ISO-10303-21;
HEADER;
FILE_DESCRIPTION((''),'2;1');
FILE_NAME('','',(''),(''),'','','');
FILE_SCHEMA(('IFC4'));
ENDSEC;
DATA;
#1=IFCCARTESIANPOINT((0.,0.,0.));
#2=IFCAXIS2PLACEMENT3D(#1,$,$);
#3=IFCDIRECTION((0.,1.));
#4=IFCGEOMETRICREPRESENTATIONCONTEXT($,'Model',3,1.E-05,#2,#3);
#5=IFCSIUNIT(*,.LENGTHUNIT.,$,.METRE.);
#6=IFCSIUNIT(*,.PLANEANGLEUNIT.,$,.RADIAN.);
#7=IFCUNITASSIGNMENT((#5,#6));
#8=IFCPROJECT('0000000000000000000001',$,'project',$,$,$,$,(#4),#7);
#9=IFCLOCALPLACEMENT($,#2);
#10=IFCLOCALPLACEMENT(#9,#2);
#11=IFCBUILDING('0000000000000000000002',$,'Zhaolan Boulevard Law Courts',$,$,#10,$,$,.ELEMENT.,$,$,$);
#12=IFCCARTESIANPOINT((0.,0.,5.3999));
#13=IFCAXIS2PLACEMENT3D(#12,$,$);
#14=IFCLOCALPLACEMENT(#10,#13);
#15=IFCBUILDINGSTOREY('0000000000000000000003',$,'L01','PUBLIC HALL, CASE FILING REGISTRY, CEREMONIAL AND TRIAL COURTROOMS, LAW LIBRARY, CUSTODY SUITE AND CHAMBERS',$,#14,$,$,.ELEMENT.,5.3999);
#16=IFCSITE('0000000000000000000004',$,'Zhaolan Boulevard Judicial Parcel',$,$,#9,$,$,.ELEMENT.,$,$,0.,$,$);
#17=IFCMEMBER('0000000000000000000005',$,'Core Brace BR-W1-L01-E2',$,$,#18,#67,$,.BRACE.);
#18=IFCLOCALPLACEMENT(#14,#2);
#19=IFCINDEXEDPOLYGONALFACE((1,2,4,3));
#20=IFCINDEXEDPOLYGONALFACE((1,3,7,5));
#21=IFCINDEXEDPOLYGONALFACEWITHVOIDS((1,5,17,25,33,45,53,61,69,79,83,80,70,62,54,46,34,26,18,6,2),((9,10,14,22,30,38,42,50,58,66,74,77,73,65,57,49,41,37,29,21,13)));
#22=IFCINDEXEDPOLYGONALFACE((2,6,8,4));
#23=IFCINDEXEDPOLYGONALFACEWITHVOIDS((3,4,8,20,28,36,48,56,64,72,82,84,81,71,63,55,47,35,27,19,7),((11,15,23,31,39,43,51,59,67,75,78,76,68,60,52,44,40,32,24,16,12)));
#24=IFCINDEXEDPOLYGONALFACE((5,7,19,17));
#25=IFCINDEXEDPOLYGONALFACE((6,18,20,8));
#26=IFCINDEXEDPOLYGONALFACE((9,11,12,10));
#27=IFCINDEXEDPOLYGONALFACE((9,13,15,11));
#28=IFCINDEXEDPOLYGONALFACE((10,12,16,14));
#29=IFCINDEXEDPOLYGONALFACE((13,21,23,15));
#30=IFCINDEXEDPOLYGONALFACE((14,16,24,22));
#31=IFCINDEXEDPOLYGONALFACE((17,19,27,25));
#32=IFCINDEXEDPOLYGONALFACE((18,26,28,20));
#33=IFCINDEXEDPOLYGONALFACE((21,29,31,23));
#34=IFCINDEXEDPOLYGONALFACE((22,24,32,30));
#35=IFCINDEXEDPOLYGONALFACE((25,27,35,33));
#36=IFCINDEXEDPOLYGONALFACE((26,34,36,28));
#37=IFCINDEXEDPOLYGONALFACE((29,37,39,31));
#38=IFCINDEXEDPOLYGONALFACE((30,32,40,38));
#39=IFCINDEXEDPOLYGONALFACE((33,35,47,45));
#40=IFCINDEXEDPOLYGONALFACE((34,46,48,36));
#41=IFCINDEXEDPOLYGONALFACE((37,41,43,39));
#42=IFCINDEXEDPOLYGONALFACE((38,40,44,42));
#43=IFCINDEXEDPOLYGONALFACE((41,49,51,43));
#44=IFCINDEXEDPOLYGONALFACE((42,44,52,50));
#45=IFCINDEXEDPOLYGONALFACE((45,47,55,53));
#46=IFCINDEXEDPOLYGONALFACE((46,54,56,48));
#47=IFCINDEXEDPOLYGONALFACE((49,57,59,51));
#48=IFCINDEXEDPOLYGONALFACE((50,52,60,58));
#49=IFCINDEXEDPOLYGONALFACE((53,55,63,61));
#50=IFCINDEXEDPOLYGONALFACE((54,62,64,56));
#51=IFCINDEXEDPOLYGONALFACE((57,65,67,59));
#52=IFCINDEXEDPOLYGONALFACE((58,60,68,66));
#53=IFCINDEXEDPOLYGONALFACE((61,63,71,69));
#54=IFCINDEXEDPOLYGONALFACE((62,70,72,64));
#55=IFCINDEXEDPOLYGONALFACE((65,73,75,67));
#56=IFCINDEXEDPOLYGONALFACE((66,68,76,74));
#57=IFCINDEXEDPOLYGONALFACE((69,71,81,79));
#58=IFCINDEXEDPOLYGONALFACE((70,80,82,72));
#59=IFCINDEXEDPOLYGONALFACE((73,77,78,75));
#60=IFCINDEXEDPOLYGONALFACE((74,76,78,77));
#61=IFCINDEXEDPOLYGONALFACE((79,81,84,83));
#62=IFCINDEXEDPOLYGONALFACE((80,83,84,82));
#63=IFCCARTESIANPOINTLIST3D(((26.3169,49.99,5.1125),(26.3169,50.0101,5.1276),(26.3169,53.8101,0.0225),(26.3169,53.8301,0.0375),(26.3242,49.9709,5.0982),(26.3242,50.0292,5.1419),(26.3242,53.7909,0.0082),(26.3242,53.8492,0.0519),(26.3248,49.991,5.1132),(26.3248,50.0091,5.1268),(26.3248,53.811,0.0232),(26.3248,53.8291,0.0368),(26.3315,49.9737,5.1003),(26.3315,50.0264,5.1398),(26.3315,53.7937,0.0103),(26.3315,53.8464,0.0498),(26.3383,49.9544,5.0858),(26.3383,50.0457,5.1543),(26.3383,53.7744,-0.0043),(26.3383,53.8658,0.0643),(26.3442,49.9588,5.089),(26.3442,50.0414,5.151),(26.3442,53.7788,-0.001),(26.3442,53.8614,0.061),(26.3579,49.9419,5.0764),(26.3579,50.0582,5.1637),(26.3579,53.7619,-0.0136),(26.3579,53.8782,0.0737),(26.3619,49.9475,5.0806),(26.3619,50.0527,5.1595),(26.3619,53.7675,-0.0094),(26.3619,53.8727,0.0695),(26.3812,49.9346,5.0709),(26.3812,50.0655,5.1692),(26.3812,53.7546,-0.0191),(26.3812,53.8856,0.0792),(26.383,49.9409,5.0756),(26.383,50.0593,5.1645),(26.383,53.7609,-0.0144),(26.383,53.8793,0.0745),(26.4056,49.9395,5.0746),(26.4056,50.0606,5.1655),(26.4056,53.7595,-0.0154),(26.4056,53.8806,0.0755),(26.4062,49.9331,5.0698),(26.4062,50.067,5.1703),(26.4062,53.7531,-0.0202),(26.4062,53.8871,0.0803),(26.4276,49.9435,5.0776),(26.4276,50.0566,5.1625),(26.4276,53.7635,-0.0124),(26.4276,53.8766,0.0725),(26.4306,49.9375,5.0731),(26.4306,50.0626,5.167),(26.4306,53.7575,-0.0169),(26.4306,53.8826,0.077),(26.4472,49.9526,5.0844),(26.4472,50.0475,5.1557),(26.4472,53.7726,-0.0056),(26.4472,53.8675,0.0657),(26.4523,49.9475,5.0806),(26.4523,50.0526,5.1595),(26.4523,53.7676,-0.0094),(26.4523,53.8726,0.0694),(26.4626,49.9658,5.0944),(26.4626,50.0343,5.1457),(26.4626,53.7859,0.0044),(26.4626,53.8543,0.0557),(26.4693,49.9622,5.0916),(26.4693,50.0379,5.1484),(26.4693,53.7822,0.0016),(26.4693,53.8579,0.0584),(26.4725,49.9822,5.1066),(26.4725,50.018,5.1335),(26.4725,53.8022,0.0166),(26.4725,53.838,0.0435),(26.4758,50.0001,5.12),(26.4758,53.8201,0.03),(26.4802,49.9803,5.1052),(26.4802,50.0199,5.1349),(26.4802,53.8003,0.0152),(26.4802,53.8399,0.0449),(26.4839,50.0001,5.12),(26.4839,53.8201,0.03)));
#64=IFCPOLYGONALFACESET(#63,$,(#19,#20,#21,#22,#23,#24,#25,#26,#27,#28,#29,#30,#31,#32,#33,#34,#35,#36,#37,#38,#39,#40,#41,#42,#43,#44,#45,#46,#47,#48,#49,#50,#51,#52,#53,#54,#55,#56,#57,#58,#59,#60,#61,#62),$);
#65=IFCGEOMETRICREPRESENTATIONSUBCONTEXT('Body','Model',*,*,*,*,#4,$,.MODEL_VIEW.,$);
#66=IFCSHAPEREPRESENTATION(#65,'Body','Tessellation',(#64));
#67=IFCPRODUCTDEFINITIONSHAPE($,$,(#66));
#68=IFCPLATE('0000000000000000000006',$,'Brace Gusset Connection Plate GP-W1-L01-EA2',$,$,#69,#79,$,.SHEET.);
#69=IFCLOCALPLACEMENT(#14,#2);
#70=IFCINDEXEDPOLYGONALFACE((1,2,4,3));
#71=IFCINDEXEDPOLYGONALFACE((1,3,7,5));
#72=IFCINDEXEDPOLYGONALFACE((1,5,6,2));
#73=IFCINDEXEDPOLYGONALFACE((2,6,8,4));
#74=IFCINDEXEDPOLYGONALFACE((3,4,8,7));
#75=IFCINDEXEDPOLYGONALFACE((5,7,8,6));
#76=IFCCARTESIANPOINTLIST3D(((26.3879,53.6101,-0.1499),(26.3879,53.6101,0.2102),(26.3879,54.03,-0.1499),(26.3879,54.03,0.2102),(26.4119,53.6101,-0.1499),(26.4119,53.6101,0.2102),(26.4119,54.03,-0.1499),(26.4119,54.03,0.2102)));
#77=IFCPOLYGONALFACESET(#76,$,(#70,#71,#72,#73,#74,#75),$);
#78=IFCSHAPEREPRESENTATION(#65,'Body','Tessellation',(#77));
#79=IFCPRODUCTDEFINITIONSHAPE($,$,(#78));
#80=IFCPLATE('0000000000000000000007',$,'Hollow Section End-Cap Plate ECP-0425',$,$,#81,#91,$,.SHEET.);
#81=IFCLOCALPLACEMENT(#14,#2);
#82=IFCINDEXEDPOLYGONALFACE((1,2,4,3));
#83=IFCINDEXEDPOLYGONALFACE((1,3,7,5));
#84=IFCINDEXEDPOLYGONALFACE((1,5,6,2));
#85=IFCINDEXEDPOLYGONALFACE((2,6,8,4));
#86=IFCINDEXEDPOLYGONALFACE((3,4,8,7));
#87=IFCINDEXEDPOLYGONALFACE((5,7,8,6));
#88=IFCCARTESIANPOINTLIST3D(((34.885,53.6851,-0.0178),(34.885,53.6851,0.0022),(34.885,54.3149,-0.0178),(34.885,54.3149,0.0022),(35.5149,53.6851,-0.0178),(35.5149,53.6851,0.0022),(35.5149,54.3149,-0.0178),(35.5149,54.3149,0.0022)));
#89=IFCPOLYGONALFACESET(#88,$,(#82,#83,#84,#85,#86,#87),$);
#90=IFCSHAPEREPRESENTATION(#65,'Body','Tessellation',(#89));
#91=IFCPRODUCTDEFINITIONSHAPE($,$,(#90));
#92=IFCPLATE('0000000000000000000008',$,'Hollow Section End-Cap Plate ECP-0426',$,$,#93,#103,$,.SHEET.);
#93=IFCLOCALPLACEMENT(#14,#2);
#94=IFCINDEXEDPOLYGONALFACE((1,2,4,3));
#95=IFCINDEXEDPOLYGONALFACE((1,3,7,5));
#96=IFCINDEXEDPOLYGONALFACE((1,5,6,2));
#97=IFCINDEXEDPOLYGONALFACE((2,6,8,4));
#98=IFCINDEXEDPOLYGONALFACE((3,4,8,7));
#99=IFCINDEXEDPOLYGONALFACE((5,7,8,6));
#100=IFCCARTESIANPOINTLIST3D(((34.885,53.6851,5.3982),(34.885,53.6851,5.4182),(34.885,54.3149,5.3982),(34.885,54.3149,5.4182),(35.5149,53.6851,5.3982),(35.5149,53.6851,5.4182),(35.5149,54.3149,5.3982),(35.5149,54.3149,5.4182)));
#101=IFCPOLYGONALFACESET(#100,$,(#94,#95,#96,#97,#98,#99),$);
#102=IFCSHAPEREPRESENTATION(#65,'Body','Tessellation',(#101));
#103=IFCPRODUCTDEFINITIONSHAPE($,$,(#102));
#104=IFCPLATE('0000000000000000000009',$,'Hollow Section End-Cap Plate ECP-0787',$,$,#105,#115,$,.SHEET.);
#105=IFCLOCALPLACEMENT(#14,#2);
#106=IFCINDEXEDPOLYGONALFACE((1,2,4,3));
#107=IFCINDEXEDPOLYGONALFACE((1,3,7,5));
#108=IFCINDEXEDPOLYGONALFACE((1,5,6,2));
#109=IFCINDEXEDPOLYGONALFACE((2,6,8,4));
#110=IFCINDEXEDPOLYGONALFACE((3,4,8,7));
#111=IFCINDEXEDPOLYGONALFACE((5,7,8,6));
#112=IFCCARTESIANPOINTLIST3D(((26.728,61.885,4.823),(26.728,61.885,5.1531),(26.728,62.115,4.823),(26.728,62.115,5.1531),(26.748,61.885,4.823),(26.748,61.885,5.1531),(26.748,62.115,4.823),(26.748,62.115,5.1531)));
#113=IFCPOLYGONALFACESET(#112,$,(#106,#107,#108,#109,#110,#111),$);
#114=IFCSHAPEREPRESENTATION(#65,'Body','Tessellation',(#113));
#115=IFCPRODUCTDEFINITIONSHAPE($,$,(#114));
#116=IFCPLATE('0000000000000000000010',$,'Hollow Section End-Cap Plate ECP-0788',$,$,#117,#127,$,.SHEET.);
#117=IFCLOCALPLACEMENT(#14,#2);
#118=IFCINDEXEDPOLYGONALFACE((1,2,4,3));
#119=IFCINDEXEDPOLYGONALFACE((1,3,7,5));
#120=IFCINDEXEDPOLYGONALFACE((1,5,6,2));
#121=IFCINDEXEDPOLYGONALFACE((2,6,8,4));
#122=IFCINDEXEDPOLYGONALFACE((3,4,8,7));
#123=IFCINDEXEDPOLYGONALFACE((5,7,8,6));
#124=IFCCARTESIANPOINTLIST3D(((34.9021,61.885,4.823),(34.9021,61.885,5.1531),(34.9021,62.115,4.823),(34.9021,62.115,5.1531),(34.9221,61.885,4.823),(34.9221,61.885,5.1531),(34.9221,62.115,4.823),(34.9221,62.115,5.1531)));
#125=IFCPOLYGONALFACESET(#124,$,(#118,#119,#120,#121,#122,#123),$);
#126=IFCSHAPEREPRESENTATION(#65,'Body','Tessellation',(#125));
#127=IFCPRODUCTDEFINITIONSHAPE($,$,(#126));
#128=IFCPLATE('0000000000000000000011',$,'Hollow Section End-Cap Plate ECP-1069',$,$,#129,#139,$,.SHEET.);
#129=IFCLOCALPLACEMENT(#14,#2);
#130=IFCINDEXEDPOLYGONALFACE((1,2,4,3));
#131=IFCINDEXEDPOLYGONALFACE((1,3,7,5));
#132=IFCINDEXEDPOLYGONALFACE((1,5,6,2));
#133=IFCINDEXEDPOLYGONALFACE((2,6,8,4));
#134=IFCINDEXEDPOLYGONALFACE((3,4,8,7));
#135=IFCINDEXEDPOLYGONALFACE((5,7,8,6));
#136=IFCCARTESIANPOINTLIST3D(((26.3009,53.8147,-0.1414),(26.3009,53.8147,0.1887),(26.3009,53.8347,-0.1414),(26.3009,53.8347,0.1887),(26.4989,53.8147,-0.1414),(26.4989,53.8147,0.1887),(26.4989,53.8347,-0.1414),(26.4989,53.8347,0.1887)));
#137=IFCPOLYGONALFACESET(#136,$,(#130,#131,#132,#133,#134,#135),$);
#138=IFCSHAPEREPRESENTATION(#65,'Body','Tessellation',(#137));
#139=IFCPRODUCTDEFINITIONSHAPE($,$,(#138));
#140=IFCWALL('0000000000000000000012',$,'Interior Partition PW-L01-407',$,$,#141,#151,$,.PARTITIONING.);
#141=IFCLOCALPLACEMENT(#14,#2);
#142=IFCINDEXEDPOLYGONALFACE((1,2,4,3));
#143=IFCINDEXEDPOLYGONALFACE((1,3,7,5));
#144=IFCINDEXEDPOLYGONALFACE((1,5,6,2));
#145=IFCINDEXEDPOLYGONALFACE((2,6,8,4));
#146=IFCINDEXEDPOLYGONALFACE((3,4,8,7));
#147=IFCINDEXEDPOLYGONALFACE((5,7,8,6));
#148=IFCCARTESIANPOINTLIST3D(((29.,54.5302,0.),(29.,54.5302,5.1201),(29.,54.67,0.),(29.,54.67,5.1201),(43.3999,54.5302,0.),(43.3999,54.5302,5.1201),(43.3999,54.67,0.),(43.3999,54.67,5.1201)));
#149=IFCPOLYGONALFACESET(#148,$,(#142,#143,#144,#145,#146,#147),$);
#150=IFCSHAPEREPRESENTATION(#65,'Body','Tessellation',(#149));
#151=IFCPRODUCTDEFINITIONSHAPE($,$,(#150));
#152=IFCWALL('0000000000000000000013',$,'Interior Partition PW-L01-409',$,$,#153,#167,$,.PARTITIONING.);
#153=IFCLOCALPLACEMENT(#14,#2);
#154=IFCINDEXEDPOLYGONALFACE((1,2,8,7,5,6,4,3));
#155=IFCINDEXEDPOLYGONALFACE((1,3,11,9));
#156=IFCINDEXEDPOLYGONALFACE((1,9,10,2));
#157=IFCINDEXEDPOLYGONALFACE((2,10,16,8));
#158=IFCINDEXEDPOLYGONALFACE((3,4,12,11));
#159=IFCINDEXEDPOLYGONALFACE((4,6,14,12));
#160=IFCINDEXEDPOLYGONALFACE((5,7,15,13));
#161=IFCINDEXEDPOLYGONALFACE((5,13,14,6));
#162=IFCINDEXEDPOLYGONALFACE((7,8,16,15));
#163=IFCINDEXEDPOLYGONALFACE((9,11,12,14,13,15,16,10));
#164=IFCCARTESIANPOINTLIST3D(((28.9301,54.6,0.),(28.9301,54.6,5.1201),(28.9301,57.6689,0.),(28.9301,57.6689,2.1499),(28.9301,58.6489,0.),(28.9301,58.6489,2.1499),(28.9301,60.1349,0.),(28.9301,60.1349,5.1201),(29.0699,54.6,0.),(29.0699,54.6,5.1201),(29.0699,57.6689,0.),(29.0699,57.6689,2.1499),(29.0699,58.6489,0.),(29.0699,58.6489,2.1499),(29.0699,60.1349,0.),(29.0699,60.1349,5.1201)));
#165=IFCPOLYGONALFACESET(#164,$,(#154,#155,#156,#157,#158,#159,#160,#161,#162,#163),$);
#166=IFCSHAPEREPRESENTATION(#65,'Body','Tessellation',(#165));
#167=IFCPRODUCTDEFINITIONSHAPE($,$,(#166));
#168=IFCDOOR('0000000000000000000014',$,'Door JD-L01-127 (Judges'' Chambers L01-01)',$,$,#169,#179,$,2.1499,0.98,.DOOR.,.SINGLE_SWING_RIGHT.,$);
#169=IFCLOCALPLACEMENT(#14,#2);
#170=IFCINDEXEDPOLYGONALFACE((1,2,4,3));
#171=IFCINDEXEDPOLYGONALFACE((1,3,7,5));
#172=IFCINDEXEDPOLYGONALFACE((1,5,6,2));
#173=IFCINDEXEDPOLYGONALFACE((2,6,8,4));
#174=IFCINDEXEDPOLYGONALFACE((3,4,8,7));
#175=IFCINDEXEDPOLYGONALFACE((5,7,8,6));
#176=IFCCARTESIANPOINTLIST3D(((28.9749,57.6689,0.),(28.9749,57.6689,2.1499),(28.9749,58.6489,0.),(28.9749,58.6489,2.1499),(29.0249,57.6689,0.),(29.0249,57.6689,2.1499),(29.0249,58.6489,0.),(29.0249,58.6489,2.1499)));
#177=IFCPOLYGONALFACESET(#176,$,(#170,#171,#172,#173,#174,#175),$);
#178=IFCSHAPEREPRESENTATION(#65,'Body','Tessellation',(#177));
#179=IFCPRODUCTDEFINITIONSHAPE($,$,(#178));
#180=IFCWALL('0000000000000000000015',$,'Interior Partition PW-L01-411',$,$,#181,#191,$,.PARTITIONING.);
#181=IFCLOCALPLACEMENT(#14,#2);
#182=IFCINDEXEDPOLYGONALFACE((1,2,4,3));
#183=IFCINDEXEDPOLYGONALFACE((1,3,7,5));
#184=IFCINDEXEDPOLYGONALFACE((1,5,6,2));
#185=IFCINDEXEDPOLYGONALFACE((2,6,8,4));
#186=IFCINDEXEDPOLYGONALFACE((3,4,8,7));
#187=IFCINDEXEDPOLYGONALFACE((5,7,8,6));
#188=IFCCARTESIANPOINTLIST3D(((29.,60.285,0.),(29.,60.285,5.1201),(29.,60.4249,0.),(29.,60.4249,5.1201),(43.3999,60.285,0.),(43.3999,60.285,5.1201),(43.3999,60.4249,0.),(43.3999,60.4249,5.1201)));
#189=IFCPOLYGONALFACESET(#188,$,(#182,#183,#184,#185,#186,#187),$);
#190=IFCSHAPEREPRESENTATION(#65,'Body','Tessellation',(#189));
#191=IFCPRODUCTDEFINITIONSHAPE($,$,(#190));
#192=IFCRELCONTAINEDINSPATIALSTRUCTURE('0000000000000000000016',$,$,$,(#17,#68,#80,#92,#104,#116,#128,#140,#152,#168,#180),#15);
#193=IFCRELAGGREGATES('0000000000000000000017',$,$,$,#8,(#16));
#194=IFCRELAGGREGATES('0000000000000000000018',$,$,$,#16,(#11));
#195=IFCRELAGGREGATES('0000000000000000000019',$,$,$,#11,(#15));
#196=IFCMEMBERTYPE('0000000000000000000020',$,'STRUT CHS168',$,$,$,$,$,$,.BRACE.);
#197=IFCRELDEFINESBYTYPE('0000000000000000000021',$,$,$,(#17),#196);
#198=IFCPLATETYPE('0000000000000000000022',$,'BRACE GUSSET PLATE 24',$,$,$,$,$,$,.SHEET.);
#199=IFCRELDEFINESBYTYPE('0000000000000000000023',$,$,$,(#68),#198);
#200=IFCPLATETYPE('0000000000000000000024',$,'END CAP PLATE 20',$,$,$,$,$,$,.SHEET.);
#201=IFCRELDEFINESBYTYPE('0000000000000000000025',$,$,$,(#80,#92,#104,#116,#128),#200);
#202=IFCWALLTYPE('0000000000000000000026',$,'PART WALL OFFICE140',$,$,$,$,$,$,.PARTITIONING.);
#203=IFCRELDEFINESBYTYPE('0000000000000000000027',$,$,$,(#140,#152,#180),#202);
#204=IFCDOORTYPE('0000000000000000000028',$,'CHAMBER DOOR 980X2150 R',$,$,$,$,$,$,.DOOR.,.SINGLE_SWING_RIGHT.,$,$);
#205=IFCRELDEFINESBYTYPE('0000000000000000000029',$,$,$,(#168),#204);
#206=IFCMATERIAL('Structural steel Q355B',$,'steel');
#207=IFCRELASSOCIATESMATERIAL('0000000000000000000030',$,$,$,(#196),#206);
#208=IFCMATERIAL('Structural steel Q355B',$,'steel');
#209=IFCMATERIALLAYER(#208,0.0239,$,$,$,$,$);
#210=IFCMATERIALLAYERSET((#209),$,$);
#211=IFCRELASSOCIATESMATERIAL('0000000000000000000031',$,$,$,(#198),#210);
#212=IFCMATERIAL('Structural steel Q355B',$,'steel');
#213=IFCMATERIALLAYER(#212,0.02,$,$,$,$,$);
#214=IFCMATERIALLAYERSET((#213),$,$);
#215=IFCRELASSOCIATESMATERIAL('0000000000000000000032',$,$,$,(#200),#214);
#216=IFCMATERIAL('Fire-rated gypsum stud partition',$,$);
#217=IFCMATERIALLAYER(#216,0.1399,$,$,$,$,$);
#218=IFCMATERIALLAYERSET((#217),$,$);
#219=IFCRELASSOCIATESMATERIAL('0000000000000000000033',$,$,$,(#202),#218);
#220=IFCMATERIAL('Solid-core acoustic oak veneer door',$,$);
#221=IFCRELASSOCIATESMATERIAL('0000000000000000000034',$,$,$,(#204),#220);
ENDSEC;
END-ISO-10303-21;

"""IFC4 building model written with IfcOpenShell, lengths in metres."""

from ifc_helpers import new_model, si_unit, direction, frame, frame_2d, origin, origin_2d, place, context, subcontext, project, spatial, rectangle, hollow_circle, extrude, material, layer, layer_set, material_profile, profile_set, type_object, element, fill, save


model = new_model("IFC4")

# Units and contexts
model_context = context("Model", 3, precision=1e-05, world=origin(), true_north=direction((0.0, 1.0)))
body_context = subcontext(model_context, "Body", "Model", "MODEL_VIEW")
ifc_project = project(units=[si_unit("LENGTHUNIT", "METRE"), si_unit("PLANEANGLEUNIT", "RADIAN")], contexts=[model_context])

# Site, building, storey
site_placement = place(None, origin())
site = spatial("IfcSite", under=ifc_project, at=site_placement, Name="Zhaolan Boulevard Judicial Parcel", CompositionType="ELEMENT", RefElevation=0.0)
building_placement = place(site_placement, origin())
building = spatial("IfcBuilding", under=site, at=building_placement, Name="Zhaolan Boulevard Law Courts", CompositionType="ELEMENT")
storey_placement = place(building_placement, frame((0.0, 0.0, 5.3999)))
storey = spatial("IfcBuildingStorey", under=building, at=storey_placement, Name="L01", Description="PUBLIC HALL, CASE FILING REGISTRY, CEREMONIAL AND TRIAL COURTROOMS, LAW LIBRARY, CUSTODY SUITE AND CHAMBERS", CompositionType="ELEMENT", Elevation=5.3999)

# Member
ifc_material_1 = material(Name="Structural steel Q355B", Category="steel")
ifc_material_profile_1 = material_profile(ifc_material_1, hollow_circle(Radius=0.084, WallThickness=0.0081, at=origin_2d()), Name="CHS168x8")
ifc_profile_set_1 = profile_set([ifc_material_profile_1], Name="Structural steel Q355B")
member_type = type_object("IfcMemberType", Name="STRUT CHS168", PredefinedType="BRACE", material=ifc_profile_set_1)
member_placement = place(storey_placement, frame((26.3999, 53.8201, 0.03), z_axis=(0.0, -0.600252, 0.799811), x_axis=(1.0, 0.0, 0.0)))
element("IfcMember", 1, at=member_placement, inside=storey, type_object=member_type, Name="Core Brace BR-W1-L01-E2", PredefinedType="BRACE", context=body_context, shape_type="SweptSolid", body=[
    extrude(hollow_circle(Radius=0.084, WallThickness=0.0081, at=origin_2d()), origin(), (0.0, 0.0, 1.0), 6.364),
])

# Plates
ifc_material_2 = material(Name="Structural steel Q355B", Category="steel")
ifc_layer_1 = layer(ifc_material_2, 0.0239)
ifc_layer_set_1 = layer_set([ifc_layer_1])
plate_type_1 = type_object("IfcPlateType", Name="BRACE GUSSET PLATE 24", PredefinedType="SHEET", material=ifc_layer_set_1)
plate_1_placement = place(storey_placement, frame((26.3999, 53.8201, -0.1499), z_axis=(0.0, 0.0, 1.0), x_axis=(0.0, 1.0, 0.0)))
element("IfcPlate", 2, at=plate_1_placement, inside=storey, type_object=plate_type_1, Name="Brace Gusset Connection Plate GP-W1-L01-EA2", PredefinedType="SHEET", context=body_context, shape_type="SweptSolid", body=[
    extrude(rectangle(XDim=0.4199, YDim=0.0239, at=origin_2d()), origin(), (0.0, 0.0, 1.0), 0.3601),
])
ifc_material_3 = material(Name="Structural steel Q355B", Category="steel")
ifc_layer_2 = layer(ifc_material_3, 0.02)
ifc_layer_set_2 = layer_set([ifc_layer_2])
plate_type_2 = type_object("IfcPlateType", Name="END CAP PLATE 20", PredefinedType="SHEET", material=ifc_layer_set_2)
for number, where, z_axis, x_axis, name in (
    (3, (35.2, 54.0, -0.0178), (0.0, 0.0, 1.0), (1.0, 0.0, 0.0), "Hollow Section End-Cap Plate ECP-0425"),
    (4, (35.2, 54.0, 5.3982), (0.0, 0.0, 1.0), (1.0, 0.0, 0.0), "Hollow Section End-Cap Plate ECP-0426"),
):
    element("IfcPlate", number, at=place(storey_placement, frame(where, z_axis=z_axis, x_axis=x_axis)), inside=storey, type_object=plate_type_2, Name=name, PredefinedType="SHEET", context=body_context, shape_type="SweptSolid", body=[
        extrude(rectangle(XDim=0.6299, YDim=0.6299, at=origin_2d()), origin(), (0.0, 0.0, 1.0), 0.02),
    ])
for number, where, z_axis, x_axis, name in (
    (5, (26.738, 62.0, 4.823), (0.0, 0.0, 1.0), (1.0, 0.0, 0.0), "Hollow Section End-Cap Plate ECP-0787"),
    (6, (34.9121, 62.0, 4.823), (0.0, 0.0, 1.0), (1.0, 0.0, 0.0), "Hollow Section End-Cap Plate ECP-0788"),
):
    element("IfcPlate", number, at=place(storey_placement, frame(where, z_axis=z_axis, x_axis=x_axis)), inside=storey, type_object=plate_type_2, Name=name, PredefinedType="SHEET", context=body_context, shape_type="SweptSolid", body=[
        extrude(rectangle(XDim=0.02, YDim=0.23, at=origin_2d()), origin(), (0.0, 0.0, 1.0), 0.3301),
    ])
plate_2_placement = place(storey_placement, frame((26.3999, 53.8247, -0.1414), z_axis=(0.0, 0.0, 1.0), x_axis=(0.0, -1.0, 0.0)))
element("IfcPlate", 7, at=plate_2_placement, inside=storey, type_object=plate_type_2, Name="Hollow Section End-Cap Plate ECP-1069", PredefinedType="SHEET", context=body_context, shape_type="SweptSolid", body=[
    extrude(rectangle(XDim=0.02, YDim=0.198, at=origin_2d()), origin(), (0.0, 0.0, 1.0), 0.3301),
])

# Wall
ifc_material_4 = material(Name="Fire-rated gypsum stud partition")
ifc_layer_3 = layer(ifc_material_4, 0.1399)
ifc_layer_set_3 = layer_set([ifc_layer_3])
wall_type_1 = type_object("IfcWallType", Name="PART WALL OFFICE140", PredefinedType="PARTITIONING", material=ifc_layer_set_3)
wall_1_placement = place(storey_placement, frame((29.0, 54.6001, 0.0), z_axis=(0.0, 0.0, 1.0), x_axis=(1.0, 0.0, 0.0)))
element("IfcWall", 8, at=wall_1_placement, inside=storey, type_object=wall_type_1, Name="Interior Partition PW-L01-407", PredefinedType="PARTITIONING", context=body_context, shape_type="SweptSolid", body=[
    extrude(rectangle(XDim=14.3999, YDim=0.1399, at=frame_2d((7.2, 0.0))), origin(), (0.0, 0.0, 1.0), 5.1201),
])

# Wall, opening, door
wall_2_placement = place(storey_placement, frame((29.0, 60.135, 0.0), z_axis=(0.0, 0.0, 1.0), x_axis=(0.0, -1.0, 0.0)))
wall_2 = element("IfcWall", 9, at=wall_2_placement, inside=storey, type_object=wall_type_1, Name="Interior Partition PW-L01-409", PredefinedType="PARTITIONING", context=body_context, shape_type="SweptSolid", body=[
    extrude(rectangle(XDim=5.5349, YDim=0.1399, at=frame_2d((2.7676, 0.0))), origin(), (0.0, 0.0, 1.0), 5.1201),
])
opening_1_placement = place(wall_2_placement, frame((1.4861, 0.0, 0.0)))
opening_1 = element("IfcOpeningElement", 10, at=opening_1_placement, cuts=wall_2, PredefinedType="OPENING", context=body_context, shape_type="SweptSolid", body=[
    extrude(rectangle(XDim=0.98, YDim=2.1499, at=frame_2d((0.49, 1.075))), frame((0.0, 0.0798, 0.0), z_axis=(0.0, -1.0, 0.0), x_axis=(1.0, 0.0, 0.0)), (0.0, 0.0, 1.0), 0.1599),
])
ifc_material_5 = material(Name="Solid-core acoustic oak veneer door")
door_type_1 = type_object("IfcDoorType", Name="CHAMBER DOOR 980X2150 R", OperationType="SINGLE_SWING_RIGHT", PredefinedType="DOOR", material=ifc_material_5)
door_1_placement = place(opening_1_placement, origin())
door_1 = element("IfcDoor", 11, at=door_1_placement, inside=storey, type_object=door_type_1, Name="Door JD-L01-127 (Judges' Chambers L01-01)", OperationType="SINGLE_SWING_RIGHT", OverallHeight=2.1499, OverallWidth=0.98, PredefinedType="DOOR", context=body_context, shape_type="SweptSolid", body=[
    extrude(rectangle(XDim=0.98, YDim=2.1499, at=frame_2d((0.49, 1.075))), frame((0.0, 0.0249, 0.0), z_axis=(0.0, -1.0, 0.0), x_axis=(1.0, 0.0, 0.0)), (0.0, 0.0, 1.0), 0.05),
])
fill(opening_1, door_1)

# Wall
wall_3_placement = place(storey_placement, frame((29.0, 60.355, 0.0), z_axis=(0.0, 0.0, 1.0), x_axis=(1.0, 0.0, 0.0)))
element("IfcWall", 12, at=wall_3_placement, inside=storey, type_object=wall_type_1, Name="Interior Partition PW-L01-411", PredefinedType="PARTITIONING", context=body_context, shape_type="SweptSolid", body=[
    extrude(rectangle(XDim=14.3999, YDim=0.1399, at=frame_2d((7.2, 0.0))), origin(), (0.0, 0.0, 1.0), 5.1201),
])

save(model, "model.ifc")
